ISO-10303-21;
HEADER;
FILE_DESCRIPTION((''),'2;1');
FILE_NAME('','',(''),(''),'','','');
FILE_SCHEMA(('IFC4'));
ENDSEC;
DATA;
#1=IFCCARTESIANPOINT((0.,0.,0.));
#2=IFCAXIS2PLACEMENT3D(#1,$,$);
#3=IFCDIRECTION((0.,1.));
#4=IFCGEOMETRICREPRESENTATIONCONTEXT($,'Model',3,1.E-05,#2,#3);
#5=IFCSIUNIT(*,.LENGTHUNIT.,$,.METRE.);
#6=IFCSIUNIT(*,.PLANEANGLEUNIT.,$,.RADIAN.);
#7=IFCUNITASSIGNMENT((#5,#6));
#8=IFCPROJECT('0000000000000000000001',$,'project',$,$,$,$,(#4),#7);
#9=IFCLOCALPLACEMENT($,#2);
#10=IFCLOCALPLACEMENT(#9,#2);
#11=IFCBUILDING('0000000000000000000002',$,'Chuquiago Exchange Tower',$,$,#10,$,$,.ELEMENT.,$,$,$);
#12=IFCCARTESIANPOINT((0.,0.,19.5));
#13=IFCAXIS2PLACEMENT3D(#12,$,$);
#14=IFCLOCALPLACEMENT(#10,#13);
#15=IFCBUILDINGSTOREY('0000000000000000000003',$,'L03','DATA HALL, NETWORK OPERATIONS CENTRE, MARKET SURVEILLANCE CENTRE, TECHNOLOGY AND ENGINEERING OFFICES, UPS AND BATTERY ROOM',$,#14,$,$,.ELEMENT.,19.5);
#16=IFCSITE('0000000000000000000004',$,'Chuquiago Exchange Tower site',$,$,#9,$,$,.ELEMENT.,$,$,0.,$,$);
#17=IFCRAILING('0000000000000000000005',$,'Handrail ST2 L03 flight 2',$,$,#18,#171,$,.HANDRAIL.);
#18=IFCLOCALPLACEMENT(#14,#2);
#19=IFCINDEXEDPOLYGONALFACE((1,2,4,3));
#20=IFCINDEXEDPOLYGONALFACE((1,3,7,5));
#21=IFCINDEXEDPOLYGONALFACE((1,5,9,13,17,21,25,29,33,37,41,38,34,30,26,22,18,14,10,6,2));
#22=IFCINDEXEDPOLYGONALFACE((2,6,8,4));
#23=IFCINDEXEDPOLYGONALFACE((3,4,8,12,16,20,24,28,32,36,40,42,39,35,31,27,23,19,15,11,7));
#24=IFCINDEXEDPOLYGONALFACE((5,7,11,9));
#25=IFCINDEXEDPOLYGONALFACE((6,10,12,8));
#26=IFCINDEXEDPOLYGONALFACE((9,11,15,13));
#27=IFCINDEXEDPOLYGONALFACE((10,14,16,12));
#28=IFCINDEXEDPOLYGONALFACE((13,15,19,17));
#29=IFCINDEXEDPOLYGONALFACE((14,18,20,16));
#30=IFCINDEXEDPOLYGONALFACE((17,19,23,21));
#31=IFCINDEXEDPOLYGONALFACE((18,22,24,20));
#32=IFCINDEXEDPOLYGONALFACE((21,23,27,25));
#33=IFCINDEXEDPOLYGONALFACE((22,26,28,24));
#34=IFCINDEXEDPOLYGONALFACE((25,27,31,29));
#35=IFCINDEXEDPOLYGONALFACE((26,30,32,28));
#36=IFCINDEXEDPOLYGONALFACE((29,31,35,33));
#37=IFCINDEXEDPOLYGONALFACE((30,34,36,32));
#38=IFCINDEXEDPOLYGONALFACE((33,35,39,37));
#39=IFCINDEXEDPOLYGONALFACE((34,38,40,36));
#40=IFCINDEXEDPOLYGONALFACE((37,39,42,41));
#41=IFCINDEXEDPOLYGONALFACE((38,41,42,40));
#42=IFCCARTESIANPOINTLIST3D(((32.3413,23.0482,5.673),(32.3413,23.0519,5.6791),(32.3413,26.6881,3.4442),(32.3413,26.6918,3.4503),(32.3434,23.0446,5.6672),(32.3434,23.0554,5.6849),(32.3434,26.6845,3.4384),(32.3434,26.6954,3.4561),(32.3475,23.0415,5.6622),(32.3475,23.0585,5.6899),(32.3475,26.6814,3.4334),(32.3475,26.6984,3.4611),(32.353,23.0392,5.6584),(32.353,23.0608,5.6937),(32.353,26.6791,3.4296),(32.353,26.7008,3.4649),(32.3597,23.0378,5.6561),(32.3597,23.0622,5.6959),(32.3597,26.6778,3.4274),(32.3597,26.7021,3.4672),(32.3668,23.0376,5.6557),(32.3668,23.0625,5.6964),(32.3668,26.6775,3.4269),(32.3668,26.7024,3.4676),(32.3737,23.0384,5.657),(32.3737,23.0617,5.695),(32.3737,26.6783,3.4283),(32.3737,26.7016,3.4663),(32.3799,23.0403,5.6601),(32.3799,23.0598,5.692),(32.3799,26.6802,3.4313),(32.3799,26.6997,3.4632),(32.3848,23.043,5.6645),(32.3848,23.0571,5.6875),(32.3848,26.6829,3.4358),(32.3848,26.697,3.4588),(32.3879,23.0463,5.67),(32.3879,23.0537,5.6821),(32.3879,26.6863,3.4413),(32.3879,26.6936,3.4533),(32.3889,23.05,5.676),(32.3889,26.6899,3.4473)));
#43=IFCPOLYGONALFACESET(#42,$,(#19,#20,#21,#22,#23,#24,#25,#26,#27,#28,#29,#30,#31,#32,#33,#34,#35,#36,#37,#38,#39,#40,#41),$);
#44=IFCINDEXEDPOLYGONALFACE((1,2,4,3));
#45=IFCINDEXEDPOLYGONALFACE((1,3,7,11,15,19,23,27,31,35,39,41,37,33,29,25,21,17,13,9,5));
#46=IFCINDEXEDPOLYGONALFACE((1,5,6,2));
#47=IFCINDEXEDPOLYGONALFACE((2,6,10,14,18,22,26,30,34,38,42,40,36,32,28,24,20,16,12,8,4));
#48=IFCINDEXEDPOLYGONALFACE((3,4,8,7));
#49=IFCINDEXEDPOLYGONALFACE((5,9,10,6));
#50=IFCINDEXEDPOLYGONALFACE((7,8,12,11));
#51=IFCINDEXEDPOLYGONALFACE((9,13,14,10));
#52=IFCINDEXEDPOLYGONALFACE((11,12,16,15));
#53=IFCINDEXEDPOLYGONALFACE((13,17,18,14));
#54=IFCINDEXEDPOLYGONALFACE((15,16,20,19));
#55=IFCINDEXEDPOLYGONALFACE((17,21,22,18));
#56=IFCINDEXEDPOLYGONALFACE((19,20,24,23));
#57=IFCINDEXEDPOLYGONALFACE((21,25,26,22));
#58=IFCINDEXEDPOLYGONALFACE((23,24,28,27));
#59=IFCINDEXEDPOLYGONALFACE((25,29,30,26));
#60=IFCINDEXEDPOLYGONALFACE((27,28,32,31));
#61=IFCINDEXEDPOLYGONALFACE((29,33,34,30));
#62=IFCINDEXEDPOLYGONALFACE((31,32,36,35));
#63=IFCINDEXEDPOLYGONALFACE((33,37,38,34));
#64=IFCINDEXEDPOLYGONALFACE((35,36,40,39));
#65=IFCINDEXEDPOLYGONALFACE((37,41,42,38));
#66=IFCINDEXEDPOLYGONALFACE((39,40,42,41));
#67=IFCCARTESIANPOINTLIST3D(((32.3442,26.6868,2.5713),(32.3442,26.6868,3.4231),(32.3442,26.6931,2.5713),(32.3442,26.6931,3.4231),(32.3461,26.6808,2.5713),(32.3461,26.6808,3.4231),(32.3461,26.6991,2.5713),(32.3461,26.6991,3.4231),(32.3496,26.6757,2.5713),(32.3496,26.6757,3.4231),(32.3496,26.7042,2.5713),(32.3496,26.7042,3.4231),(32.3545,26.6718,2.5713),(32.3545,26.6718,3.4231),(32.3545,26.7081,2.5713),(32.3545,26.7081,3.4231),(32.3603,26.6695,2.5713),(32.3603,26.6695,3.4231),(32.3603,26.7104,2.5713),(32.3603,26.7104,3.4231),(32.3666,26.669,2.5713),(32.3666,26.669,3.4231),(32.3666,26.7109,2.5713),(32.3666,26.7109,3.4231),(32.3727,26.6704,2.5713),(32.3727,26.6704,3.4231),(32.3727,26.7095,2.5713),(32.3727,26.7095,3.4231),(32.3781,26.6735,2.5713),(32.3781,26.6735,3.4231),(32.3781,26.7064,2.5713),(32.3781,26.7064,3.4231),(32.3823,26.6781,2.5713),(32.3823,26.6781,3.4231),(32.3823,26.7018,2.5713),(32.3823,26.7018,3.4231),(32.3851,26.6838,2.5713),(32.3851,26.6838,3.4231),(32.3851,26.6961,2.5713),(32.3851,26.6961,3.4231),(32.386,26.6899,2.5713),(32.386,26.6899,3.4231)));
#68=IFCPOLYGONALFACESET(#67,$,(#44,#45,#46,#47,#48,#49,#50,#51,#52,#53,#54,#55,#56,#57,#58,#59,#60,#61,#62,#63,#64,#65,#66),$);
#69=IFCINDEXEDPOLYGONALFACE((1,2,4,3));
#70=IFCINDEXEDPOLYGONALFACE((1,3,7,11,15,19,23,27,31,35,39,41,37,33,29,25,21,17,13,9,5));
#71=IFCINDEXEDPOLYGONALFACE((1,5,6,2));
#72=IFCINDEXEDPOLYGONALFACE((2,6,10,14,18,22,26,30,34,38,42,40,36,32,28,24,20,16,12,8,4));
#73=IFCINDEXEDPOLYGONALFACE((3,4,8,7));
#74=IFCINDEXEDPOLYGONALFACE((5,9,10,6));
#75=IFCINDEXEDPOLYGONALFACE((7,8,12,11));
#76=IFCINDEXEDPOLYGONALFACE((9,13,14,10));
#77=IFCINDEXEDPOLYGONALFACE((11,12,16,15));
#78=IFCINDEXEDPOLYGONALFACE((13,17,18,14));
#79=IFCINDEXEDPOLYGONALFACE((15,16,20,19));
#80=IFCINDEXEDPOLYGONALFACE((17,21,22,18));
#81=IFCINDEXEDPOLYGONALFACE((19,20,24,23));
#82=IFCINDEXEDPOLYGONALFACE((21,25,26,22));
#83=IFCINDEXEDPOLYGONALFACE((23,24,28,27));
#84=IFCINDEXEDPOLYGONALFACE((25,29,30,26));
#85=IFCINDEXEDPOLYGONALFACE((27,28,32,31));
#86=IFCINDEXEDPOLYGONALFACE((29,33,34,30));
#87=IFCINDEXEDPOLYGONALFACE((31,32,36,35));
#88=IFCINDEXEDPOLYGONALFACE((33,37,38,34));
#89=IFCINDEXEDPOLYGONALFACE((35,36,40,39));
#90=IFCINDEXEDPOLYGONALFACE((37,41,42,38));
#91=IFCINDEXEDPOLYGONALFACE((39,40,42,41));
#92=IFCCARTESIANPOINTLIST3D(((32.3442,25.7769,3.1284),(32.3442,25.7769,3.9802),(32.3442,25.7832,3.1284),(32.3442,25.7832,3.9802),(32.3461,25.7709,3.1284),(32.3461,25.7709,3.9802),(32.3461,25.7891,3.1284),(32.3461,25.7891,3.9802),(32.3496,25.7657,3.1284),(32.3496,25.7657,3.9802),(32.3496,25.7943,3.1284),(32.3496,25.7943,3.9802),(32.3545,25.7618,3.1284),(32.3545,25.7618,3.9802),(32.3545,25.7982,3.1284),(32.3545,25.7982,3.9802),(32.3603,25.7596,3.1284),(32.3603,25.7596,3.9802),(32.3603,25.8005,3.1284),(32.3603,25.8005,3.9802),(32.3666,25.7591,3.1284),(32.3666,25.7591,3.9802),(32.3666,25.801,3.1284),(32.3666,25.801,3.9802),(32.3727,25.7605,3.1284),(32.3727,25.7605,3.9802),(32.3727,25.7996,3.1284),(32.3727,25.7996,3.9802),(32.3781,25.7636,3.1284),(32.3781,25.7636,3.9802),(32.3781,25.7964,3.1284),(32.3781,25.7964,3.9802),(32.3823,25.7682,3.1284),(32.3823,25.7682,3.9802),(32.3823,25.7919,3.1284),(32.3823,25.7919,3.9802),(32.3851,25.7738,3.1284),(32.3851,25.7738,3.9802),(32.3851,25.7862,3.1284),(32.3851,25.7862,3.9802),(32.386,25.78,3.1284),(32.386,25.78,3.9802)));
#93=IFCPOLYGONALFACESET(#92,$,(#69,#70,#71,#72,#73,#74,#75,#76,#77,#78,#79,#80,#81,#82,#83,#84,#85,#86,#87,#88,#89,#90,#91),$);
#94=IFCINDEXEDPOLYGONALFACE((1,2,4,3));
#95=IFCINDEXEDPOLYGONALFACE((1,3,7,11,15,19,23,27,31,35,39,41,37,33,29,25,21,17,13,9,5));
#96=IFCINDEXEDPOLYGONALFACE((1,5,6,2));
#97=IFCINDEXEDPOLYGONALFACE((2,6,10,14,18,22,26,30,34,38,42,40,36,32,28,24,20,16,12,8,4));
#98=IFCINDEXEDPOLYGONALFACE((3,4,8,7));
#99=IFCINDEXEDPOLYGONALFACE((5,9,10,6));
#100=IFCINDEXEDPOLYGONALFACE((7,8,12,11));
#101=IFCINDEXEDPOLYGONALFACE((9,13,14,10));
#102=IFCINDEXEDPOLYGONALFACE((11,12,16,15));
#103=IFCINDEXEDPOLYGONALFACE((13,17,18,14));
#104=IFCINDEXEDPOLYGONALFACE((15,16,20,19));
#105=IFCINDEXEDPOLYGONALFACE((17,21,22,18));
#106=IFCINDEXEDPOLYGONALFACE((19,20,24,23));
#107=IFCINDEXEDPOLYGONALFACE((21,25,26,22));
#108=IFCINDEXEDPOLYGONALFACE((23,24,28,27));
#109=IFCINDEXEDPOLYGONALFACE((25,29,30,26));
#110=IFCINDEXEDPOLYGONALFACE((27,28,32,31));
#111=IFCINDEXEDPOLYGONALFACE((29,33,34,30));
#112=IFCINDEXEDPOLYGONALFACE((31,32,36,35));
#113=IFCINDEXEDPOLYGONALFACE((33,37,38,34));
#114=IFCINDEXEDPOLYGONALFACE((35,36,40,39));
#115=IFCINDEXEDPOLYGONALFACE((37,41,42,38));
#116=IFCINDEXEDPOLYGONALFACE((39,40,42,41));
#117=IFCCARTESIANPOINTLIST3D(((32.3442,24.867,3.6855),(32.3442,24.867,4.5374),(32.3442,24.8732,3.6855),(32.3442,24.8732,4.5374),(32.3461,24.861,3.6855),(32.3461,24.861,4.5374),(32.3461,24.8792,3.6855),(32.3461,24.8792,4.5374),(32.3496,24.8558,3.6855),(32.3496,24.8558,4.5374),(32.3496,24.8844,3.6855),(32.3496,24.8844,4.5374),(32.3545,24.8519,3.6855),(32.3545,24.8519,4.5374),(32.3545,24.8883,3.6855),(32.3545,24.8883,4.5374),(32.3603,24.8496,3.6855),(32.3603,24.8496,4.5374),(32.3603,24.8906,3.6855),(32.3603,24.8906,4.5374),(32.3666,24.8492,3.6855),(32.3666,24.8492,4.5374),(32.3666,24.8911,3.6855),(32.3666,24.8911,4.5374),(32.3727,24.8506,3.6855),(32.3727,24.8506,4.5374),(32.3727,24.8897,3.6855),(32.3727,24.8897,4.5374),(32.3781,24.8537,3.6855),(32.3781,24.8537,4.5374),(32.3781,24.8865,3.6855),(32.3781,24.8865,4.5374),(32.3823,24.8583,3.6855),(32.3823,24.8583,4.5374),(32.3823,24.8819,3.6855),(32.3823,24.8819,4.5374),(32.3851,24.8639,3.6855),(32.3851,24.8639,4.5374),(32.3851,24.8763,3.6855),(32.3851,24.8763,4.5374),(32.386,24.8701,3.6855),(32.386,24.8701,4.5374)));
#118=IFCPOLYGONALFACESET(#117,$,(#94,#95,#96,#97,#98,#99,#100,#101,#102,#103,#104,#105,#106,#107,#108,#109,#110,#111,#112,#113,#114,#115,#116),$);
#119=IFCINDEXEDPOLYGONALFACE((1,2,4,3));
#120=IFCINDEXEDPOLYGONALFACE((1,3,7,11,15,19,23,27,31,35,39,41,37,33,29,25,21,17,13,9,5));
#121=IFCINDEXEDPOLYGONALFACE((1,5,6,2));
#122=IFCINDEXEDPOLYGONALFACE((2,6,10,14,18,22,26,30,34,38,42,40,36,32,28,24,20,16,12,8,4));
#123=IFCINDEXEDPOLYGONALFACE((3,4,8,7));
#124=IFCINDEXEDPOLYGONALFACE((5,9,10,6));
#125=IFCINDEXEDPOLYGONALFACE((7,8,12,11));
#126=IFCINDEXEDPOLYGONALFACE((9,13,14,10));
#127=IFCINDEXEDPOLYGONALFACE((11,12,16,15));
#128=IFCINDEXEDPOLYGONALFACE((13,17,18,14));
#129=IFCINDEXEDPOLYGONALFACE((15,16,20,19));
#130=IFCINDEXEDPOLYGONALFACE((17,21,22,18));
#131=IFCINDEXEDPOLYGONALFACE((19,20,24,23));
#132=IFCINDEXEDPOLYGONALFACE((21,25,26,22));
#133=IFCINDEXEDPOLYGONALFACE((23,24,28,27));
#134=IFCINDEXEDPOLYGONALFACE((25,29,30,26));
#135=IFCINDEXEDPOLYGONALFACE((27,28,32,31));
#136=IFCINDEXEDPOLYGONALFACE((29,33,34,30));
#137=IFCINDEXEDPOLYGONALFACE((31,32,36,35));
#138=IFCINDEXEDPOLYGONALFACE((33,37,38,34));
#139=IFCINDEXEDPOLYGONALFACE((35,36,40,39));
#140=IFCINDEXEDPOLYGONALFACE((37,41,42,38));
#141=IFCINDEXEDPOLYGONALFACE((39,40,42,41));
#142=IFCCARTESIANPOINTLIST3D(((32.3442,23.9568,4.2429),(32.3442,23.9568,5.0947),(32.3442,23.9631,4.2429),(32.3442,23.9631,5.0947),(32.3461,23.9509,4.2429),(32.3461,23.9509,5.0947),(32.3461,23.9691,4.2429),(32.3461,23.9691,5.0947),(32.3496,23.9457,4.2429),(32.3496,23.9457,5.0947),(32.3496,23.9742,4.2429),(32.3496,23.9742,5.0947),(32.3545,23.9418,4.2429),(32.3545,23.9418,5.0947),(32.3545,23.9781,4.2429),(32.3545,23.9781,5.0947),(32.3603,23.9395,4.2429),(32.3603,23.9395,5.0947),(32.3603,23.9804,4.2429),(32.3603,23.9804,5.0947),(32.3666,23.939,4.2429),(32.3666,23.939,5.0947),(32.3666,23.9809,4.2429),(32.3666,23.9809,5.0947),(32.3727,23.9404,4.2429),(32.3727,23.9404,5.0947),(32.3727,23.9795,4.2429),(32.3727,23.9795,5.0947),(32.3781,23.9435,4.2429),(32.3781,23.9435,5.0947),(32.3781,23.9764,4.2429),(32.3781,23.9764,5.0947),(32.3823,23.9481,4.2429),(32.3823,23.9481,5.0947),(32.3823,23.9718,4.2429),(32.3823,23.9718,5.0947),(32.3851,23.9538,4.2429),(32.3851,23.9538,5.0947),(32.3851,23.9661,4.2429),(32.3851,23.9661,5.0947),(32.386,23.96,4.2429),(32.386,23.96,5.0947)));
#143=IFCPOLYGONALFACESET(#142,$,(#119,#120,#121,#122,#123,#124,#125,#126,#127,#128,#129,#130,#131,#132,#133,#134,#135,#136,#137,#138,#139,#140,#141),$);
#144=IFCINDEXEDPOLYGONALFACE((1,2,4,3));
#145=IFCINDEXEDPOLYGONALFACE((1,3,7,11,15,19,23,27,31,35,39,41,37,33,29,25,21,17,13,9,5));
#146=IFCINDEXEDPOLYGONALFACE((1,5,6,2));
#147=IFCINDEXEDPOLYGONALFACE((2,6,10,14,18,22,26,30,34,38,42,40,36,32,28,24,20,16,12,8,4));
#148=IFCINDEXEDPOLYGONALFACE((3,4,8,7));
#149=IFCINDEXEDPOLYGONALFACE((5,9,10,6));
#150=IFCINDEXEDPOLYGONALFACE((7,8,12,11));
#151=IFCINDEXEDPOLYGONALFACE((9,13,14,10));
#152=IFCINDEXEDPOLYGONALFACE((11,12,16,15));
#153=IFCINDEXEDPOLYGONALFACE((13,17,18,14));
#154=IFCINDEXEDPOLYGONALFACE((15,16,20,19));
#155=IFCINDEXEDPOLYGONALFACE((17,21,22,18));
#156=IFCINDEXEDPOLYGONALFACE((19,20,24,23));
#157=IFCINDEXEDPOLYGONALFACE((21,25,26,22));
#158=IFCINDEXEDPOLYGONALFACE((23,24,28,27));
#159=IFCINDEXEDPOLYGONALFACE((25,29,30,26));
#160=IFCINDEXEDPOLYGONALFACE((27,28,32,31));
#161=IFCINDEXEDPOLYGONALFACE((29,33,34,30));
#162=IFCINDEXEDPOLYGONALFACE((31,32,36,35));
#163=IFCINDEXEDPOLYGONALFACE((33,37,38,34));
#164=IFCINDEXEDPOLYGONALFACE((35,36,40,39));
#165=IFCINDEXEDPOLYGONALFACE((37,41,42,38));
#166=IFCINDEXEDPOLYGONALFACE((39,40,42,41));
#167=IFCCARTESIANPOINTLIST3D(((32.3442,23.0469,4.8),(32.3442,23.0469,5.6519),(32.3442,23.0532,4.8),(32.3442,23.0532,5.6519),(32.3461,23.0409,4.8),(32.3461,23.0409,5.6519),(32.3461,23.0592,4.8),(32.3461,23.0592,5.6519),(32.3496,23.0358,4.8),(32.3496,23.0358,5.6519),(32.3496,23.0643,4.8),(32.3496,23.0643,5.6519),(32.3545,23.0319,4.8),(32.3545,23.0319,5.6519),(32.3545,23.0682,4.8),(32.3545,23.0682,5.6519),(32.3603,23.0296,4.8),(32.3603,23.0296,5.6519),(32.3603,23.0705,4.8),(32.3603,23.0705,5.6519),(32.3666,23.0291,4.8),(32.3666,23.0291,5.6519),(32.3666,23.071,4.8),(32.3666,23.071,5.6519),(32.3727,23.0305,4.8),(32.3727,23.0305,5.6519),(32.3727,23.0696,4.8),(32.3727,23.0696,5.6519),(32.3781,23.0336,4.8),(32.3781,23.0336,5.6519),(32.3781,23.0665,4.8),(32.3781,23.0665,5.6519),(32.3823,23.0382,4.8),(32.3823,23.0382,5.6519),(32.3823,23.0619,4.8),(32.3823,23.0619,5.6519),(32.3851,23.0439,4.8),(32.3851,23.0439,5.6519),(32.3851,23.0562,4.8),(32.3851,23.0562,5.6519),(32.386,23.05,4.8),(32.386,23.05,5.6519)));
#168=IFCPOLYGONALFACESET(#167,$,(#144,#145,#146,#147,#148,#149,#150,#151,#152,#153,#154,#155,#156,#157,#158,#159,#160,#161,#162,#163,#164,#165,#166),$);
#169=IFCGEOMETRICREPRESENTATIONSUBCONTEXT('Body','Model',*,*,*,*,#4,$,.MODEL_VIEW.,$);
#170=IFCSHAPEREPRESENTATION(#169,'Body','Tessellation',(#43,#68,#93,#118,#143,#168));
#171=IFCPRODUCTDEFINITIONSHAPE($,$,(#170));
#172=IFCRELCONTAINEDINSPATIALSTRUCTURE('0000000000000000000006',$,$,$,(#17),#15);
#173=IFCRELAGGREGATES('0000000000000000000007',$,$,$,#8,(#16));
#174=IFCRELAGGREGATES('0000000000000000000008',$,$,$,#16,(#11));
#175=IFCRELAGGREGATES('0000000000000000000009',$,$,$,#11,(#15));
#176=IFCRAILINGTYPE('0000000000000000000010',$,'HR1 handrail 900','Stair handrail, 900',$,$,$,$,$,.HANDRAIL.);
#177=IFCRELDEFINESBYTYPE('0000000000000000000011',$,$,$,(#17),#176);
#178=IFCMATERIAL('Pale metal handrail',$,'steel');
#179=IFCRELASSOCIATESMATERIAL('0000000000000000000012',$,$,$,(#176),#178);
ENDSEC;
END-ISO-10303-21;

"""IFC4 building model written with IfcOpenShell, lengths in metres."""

from ifc_helpers import new_model, si_unit, direction, frame, origin, origin_2d, place, context, subcontext, project, spatial, circle, extrude, material, type_object, element, save


model = new_model("IFC4")

# Units and contexts
model_context = context("Model", 3, precision=1e-05, world=origin(), true_north=direction((0.0, 1.0)))
body_context = subcontext(model_context, "Body", "Model", "MODEL_VIEW")
ifc_project = project(units=[si_unit("LENGTHUNIT", "METRE"), si_unit("PLANEANGLEUNIT", "RADIAN")], contexts=[model_context])

# Site, building, storey
site_placement = place(None, origin())
site = spatial("IfcSite", under=ifc_project, at=site_placement, Name="Chuquiago Exchange Tower site", CompositionType="ELEMENT", RefElevation=0.0)
building_placement = place(site_placement, origin())
building = spatial("IfcBuilding", under=site, at=building_placement, Name="Chuquiago Exchange Tower", CompositionType="ELEMENT")
storey_placement = place(building_placement, frame((0.0, 0.0, 19.5)))
storey = spatial("IfcBuildingStorey", under=building, at=storey_placement, Name="L03", Description="DATA HALL, NETWORK OPERATIONS CENTRE, MARKET SURVEILLANCE CENTRE, TECHNOLOGY AND ENGINEERING OFFICES, UPS AND BATTERY ROOM", CompositionType="ELEMENT", Elevation=19.5)

# Railing
ifc_material_1 = material(Name="Pale metal handrail", Category="steel")
railing_type = type_object("IfcRailingType", Name="HR1 handrail 900", Description="Stair handrail, 900", PredefinedType="HANDRAIL", material=ifc_material_1)
for number, where, name in (
    (1, (32.365, 26.6899, 2.5713), "Handrail ST2 L03 flight 2"),
):
    element("IfcRailing", number, at=place(storey_placement, frame(where)), inside=storey, type_object=railing_type, Name=name, PredefinedType="HANDRAIL", context=body_context, shape_type="SweptSolid", body=[
        extrude(circle(Radius=0.0239, at=origin_2d()), frame((0.0, 0.0, 0.876), z_axis=(0.0, -0.852825, 0.522197), x_axis=(1.0, 0.0, 0.0)), (0.0, 0.0, 1.0), 4.2681),
        extrude(circle(Radius=0.021, at=origin_2d()), origin(), (0.0, 0.0, 1.0), 0.8518),
        extrude(circle(Radius=0.021, at=origin_2d()), frame((0.0, -0.9099, 0.5571)), (0.0, 0.0, 1.0), 0.8518),
        extrude(circle(Radius=0.021, at=origin_2d()), frame((0.0, -1.8198, 1.1143)), (0.0, 0.0, 1.0), 0.8518),
        extrude(circle(Radius=0.021, at=origin_2d()), frame((0.0, -2.73, 1.6716)), (0.0, 0.0, 1.0), 0.8518),
        extrude(circle(Radius=0.021, at=origin_2d()), frame((0.0, -3.6399, 2.2288)), (0.0, 0.0, 1.0), 0.8518),
    ])

save(model, "model.ifc")
